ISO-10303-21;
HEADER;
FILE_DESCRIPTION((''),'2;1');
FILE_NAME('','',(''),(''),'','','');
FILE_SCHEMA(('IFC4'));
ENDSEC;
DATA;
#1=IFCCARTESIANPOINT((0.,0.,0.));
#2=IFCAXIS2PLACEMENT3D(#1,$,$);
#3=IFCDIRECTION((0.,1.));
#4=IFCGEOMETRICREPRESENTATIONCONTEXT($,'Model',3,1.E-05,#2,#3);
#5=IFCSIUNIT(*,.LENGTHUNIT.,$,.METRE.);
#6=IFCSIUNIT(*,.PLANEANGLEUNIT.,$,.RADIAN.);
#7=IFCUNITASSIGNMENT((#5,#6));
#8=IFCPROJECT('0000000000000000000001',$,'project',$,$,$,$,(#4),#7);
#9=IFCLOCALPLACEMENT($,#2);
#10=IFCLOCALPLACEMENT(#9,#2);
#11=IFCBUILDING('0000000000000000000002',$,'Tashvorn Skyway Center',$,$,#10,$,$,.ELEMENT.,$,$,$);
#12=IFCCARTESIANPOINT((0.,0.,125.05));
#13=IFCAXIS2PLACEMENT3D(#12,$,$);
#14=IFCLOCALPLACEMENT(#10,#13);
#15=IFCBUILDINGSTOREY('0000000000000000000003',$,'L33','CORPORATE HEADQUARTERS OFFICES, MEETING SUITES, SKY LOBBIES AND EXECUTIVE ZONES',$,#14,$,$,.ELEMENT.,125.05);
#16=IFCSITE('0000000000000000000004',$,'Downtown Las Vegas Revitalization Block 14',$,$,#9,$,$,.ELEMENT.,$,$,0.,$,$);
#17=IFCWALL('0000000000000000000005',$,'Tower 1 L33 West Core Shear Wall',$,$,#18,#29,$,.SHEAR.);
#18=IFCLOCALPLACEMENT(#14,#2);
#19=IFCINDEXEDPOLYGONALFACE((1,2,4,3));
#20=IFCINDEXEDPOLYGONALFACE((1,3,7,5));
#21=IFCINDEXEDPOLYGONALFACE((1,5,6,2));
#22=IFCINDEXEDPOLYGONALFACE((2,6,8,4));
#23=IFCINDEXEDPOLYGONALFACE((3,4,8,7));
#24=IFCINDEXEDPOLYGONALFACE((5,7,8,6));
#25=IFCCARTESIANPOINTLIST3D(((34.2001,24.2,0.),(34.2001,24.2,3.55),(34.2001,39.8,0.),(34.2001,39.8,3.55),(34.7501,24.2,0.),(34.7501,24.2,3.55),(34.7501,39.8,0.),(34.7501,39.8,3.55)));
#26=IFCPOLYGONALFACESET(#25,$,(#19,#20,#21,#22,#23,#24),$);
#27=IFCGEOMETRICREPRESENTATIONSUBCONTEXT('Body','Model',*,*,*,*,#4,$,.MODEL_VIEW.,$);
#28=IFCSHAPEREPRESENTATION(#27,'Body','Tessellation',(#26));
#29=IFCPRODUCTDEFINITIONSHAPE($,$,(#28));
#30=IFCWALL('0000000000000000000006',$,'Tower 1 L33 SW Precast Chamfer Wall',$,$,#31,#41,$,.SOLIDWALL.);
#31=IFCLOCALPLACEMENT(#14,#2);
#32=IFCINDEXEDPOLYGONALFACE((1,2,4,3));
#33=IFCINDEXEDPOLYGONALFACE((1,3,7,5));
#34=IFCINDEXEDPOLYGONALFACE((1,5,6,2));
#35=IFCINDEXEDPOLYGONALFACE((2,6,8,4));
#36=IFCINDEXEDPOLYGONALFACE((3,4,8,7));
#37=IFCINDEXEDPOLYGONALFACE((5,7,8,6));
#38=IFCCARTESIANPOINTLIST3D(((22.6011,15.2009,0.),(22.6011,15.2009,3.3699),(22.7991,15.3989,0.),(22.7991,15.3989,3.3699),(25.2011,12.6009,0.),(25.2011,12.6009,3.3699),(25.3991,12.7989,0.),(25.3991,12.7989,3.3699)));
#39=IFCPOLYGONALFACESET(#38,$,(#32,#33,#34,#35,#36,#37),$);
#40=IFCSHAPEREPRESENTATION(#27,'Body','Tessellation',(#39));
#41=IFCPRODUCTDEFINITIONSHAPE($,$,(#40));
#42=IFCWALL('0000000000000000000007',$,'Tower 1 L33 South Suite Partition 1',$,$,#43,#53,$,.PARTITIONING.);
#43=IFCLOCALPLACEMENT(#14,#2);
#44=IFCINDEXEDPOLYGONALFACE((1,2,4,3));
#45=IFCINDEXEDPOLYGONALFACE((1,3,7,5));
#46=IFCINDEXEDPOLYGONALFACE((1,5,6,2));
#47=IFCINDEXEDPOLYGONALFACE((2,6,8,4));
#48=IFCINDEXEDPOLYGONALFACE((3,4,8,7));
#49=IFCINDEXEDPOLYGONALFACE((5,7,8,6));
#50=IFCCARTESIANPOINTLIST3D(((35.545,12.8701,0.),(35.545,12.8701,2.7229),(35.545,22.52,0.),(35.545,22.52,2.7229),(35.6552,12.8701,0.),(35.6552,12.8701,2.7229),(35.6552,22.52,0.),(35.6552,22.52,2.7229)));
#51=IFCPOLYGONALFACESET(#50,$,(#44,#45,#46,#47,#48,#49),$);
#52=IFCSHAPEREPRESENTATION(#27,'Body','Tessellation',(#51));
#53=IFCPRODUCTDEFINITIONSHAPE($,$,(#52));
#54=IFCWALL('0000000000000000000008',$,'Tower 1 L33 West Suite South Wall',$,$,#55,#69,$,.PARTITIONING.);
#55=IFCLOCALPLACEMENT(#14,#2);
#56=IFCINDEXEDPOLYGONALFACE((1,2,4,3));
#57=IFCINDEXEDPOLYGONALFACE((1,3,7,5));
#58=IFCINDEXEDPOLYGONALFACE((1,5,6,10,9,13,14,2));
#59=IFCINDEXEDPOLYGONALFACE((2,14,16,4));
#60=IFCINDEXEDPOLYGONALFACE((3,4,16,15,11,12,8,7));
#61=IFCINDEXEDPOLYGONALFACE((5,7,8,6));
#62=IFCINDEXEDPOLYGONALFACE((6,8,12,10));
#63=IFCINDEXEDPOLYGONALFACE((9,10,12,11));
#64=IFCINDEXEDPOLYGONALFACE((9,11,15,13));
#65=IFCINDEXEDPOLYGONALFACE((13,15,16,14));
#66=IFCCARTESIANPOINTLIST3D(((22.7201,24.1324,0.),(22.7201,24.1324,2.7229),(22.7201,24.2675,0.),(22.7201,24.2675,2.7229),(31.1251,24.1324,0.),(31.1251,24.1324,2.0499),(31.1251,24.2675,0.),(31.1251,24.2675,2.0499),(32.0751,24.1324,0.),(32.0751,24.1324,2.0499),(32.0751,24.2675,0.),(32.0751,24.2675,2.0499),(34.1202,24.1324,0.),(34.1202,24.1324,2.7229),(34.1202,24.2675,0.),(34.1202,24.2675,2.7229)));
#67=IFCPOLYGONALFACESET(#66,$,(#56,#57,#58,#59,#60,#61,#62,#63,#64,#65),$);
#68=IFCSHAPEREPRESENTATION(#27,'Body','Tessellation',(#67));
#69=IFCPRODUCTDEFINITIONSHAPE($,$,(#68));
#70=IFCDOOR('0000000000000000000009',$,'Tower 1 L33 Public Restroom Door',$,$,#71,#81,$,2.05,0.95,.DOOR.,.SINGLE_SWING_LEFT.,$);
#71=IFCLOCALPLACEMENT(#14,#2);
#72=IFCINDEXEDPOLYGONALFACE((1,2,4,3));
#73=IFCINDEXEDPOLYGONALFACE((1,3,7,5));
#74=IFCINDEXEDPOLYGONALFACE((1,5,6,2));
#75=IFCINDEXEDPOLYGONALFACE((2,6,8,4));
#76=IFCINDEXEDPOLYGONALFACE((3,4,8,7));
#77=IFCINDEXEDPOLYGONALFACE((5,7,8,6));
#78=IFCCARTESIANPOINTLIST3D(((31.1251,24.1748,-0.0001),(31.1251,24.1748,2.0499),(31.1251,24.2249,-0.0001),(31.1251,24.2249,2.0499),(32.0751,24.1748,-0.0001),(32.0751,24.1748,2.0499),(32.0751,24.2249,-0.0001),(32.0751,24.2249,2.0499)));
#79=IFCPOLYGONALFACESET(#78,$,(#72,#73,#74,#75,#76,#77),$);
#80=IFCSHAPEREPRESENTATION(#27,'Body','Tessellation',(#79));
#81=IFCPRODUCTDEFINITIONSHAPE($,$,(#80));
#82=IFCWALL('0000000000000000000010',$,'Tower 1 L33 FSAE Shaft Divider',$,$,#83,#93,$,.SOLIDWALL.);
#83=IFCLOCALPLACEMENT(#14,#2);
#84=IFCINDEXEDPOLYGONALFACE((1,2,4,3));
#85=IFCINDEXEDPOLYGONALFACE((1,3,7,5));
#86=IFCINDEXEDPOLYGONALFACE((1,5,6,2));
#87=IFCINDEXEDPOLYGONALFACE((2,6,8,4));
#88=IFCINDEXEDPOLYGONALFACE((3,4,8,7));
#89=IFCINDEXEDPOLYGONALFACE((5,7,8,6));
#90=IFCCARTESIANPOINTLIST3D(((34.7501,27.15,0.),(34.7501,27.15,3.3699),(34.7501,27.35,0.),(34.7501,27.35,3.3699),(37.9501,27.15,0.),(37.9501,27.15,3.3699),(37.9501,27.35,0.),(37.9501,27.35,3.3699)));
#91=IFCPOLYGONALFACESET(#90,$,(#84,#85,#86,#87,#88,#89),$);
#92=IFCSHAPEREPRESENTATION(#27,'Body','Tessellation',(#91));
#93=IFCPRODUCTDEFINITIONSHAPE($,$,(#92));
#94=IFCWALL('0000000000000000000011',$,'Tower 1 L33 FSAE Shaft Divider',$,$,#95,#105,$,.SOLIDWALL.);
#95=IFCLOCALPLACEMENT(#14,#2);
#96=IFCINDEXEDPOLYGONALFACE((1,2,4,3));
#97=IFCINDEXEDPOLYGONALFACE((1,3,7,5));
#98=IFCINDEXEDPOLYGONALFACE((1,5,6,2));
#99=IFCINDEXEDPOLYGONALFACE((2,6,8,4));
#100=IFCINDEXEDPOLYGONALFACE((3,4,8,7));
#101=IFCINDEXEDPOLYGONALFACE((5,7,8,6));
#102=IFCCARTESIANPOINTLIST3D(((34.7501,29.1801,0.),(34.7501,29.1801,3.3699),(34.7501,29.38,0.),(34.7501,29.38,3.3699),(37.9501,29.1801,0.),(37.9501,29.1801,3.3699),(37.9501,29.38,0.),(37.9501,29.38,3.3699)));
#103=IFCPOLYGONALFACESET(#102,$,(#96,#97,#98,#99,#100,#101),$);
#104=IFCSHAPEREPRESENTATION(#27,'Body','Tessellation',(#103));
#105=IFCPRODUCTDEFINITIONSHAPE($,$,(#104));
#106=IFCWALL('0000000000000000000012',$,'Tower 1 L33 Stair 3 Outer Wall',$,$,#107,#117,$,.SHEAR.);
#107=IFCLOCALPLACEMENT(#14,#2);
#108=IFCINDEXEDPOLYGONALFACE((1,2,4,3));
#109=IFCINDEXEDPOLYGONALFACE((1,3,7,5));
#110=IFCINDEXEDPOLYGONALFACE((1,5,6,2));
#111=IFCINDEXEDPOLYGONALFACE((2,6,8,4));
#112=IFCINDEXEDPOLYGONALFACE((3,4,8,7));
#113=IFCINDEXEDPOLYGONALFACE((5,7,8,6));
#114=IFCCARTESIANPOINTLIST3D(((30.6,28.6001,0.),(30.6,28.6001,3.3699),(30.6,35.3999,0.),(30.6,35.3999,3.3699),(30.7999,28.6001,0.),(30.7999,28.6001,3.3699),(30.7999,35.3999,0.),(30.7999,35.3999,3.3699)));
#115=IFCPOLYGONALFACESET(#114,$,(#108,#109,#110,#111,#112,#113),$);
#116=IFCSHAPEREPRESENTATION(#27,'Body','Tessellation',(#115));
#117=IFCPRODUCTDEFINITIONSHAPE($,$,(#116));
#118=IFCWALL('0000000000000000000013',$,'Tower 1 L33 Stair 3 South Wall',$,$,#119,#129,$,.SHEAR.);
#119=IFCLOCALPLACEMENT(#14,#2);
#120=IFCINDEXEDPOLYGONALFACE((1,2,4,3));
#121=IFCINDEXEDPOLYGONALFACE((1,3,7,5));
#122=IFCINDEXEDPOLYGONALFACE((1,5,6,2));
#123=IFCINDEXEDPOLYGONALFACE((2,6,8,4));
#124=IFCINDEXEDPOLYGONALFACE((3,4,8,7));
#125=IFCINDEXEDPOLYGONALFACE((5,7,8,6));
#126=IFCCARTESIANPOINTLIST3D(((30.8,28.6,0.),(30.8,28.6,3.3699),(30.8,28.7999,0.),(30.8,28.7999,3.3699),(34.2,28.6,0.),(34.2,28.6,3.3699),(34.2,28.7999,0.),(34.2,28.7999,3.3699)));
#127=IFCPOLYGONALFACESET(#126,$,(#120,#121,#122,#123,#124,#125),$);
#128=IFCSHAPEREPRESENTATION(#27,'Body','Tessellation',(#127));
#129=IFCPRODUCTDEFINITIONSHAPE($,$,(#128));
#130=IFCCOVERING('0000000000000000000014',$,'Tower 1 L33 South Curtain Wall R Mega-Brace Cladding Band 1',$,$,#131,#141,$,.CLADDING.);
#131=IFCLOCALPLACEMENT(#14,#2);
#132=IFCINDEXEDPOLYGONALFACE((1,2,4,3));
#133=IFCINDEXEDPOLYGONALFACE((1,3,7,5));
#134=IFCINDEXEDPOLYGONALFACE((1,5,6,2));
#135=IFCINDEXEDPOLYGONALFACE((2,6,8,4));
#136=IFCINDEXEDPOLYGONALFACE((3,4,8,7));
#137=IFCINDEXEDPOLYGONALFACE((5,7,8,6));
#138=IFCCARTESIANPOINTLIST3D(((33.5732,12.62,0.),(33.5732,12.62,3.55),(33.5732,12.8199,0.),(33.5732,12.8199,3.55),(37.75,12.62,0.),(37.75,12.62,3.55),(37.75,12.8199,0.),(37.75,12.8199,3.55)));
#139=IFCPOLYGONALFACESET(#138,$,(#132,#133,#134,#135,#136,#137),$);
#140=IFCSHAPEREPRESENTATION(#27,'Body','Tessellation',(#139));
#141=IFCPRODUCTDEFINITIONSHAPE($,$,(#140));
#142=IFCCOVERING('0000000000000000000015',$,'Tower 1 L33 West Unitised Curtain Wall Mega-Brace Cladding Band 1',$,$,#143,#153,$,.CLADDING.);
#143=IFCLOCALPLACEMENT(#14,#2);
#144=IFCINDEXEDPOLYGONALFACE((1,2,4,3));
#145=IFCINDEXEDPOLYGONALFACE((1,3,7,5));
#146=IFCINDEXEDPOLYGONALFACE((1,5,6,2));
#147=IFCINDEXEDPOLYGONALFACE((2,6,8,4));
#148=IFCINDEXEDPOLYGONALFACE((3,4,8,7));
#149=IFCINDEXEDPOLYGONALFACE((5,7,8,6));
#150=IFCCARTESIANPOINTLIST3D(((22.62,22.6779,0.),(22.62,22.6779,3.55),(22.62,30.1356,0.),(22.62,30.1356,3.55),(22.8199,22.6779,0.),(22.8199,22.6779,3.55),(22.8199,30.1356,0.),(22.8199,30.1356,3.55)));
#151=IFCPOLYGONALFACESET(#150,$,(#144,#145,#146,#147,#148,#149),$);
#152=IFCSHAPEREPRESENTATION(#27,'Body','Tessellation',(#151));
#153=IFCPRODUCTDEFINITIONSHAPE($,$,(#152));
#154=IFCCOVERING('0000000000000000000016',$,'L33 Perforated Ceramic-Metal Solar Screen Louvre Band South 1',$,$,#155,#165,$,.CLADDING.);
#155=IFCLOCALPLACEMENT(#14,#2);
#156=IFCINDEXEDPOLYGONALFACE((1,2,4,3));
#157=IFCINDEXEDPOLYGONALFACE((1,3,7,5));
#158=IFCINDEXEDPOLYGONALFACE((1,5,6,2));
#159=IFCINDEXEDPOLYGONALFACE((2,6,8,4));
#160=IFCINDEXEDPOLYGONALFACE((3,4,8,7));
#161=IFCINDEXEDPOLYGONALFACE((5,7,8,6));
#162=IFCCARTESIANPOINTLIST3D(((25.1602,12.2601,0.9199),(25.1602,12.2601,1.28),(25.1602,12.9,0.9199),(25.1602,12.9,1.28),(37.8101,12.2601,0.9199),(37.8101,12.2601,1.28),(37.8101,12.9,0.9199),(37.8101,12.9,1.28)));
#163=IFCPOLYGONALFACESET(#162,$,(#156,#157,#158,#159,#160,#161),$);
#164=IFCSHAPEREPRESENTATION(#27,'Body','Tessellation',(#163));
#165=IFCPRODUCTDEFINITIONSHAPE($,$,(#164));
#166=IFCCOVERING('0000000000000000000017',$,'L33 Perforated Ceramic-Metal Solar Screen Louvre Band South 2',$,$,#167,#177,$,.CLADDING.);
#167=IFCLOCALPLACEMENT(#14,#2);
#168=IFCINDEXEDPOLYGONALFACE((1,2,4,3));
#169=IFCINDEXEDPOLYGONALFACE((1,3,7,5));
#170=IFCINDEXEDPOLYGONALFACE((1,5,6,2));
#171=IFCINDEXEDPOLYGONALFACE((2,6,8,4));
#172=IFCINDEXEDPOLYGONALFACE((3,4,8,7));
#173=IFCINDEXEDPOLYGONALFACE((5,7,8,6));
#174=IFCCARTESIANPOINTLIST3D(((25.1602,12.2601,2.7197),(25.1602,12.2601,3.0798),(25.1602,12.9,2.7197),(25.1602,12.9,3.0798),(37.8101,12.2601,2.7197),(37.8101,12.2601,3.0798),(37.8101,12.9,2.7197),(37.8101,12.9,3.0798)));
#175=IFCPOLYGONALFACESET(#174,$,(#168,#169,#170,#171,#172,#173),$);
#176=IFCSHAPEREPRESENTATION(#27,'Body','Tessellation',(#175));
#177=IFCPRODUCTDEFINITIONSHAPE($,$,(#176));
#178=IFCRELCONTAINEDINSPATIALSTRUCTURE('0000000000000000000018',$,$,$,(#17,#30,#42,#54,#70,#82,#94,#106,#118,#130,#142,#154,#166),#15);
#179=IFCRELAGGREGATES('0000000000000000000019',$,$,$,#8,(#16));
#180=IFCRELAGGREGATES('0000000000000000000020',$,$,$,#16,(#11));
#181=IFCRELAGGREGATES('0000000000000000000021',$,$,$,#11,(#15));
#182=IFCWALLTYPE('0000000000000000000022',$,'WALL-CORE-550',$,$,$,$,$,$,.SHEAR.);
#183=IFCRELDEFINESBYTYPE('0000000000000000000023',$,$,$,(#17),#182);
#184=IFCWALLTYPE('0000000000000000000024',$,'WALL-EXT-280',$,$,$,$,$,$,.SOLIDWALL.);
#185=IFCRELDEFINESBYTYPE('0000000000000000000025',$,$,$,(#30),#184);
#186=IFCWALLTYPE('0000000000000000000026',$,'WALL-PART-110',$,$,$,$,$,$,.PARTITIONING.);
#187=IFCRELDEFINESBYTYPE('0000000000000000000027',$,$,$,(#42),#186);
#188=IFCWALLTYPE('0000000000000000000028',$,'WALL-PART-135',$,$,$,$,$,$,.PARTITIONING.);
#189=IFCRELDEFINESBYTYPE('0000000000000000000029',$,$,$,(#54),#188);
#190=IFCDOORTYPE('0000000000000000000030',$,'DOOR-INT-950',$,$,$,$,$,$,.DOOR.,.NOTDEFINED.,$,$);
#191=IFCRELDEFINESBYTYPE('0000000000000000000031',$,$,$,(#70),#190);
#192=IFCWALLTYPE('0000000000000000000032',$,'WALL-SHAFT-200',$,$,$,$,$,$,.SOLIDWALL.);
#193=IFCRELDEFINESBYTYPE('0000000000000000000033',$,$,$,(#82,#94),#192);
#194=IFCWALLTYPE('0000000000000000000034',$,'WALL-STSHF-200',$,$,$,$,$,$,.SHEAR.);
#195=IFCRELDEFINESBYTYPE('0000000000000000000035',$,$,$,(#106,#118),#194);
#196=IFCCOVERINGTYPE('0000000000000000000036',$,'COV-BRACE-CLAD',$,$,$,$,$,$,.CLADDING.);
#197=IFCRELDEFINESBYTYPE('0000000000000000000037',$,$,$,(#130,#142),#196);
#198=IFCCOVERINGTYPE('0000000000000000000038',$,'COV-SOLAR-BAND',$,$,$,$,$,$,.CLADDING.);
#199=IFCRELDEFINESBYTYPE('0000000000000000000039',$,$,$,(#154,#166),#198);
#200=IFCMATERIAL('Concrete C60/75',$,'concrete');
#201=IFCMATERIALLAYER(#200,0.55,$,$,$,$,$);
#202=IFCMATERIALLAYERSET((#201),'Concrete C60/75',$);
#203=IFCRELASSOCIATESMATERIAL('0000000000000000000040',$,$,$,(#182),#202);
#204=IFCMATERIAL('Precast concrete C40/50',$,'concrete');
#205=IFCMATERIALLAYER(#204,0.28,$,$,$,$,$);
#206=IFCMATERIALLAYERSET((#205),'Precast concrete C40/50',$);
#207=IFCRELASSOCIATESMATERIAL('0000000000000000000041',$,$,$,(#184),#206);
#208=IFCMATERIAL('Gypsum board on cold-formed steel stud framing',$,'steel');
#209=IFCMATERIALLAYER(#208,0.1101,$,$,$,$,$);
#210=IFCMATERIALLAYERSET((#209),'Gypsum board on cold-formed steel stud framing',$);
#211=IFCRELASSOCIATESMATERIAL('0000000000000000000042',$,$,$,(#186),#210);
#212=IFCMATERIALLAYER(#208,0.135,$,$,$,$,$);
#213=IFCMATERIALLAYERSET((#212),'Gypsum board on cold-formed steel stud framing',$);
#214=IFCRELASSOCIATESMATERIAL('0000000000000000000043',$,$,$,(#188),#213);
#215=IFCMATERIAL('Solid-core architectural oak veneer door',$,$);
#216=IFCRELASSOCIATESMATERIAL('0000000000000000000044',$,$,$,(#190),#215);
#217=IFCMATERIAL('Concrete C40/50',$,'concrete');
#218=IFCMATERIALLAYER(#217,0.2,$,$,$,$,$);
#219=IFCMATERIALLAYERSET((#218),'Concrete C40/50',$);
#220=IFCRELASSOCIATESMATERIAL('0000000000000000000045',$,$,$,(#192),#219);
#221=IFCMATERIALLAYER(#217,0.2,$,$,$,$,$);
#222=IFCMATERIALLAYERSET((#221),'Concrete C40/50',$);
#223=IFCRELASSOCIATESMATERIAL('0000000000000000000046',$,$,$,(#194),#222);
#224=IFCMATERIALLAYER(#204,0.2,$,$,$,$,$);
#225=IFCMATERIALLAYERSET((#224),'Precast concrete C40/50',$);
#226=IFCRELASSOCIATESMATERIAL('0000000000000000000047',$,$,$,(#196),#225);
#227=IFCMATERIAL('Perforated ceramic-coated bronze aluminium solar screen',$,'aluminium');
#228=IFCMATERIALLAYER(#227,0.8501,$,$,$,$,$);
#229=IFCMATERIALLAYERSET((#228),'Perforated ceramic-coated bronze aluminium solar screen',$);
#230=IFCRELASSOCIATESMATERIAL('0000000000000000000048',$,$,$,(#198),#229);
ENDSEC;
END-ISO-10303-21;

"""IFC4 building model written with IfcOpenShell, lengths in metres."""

from ifc_helpers import new_model, si_unit, direction, frame, frame_2d, origin, origin_2d, place, context, subcontext, project, spatial, rectangle, extrude, material, layer, layer_set, type_object, element, fill, save


model = new_model("IFC4")

# Units and contexts
model_context = context("Model", 3, precision=1e-05, world=origin(), true_north=direction((0.0, 1.0)))
body_context = subcontext(model_context, "Body", "Model", "MODEL_VIEW")
ifc_project = project(units=[si_unit("LENGTHUNIT", "METRE"), si_unit("PLANEANGLEUNIT", "RADIAN")], contexts=[model_context])

# Site, building, storey
site_placement = place(None, origin())
site = spatial("IfcSite", under=ifc_project, at=site_placement, Name="Downtown Las Vegas Revitalization Block 14", CompositionType="ELEMENT", RefElevation=0.0)
building_placement = place(site_placement, origin())
building = spatial("IfcBuilding", under=site, at=building_placement, Name="Tashvorn Skyway Center", CompositionType="ELEMENT")
storey_placement = place(building_placement, frame((0.0, 0.0, 125.05)))
storey = spatial("IfcBuildingStorey", under=building, at=storey_placement, Name="L33", Description="CORPORATE HEADQUARTERS OFFICES, MEETING SUITES, SKY LOBBIES AND EXECUTIVE ZONES", CompositionType="ELEMENT", Elevation=125.05)

# Walls
ifc_material_1 = material(Name="Concrete C60/75", Category="concrete")
ifc_layer_1 = layer(ifc_material_1, 0.55)
ifc_layer_set_1 = layer_set([ifc_layer_1], Name="Concrete C60/75")
wall_type_1 = type_object("IfcWallType", Name="WALL-CORE-550", PredefinedType="SHEAR", material=ifc_layer_set_1)
wall_1_placement = place(storey_placement, frame((34.4751, 24.2, 0.0), z_axis=(0.0, 0.0, 1.0), x_axis=(0.0, 1.0, 0.0)))
element("IfcWall", 1, at=wall_1_placement, inside=storey, type_object=wall_type_1, Name="Tower 1 L33 West Core Shear Wall", PredefinedType="SHEAR", context=body_context, shape_type="SweptSolid", body=[
    extrude(rectangle(XDim=15.6001, YDim=0.55, at=frame_2d((7.8, 0.0))), origin(), (0.0, 0.0, 1.0), 3.55),
])
ifc_material_2 = material(Name="Precast concrete C40/50", Category="concrete")
ifc_layer_2 = layer(ifc_material_2, 0.28)
ifc_layer_set_2 = layer_set([ifc_layer_2], Name="Precast concrete C40/50")
wall_type_2 = type_object("IfcWallType", Name="WALL-EXT-280", PredefinedType="SOLIDWALL", material=ifc_layer_set_2)
wall_2_placement = place(storey_placement, frame((25.3, 12.7, 0.0), z_axis=(0.0, 0.0, 1.0), x_axis=(-0.707107, 0.707107, 0.0)))
element("IfcWall", 2, at=wall_2_placement, inside=storey, type_object=wall_type_2, Name="Tower 1 L33 SW Precast Chamfer Wall", PredefinedType="SOLIDWALL", context=body_context, shape_type="SweptSolid", body=[
    extrude(rectangle(XDim=3.677, YDim=0.28, at=frame_2d((1.8384, 0.0))), origin(), (0.0, 0.0, 1.0), 3.3699),
])
ifc_material_3 = material(Name="Gypsum board on cold-formed steel stud framing", Category="steel")
ifc_layer_3 = layer(ifc_material_3, 0.1101)
ifc_layer_set_3 = layer_set([ifc_layer_3], Name="Gypsum board on cold-formed steel stud framing")
wall_type_3 = type_object("IfcWallType", Name="WALL-PART-110", PredefinedType="PARTITIONING", material=ifc_layer_set_3)
wall_3_placement = place(storey_placement, frame((35.6001, 12.8701, 0.0), z_axis=(0.0, 0.0, 1.0), x_axis=(0.0, 1.0, 0.0)))
element("IfcWall", 3, at=wall_3_placement, inside=storey, type_object=wall_type_3, Name="Tower 1 L33 South Suite Partition 1", PredefinedType="PARTITIONING", context=body_context, shape_type="SweptSolid", body=[
    extrude(rectangle(XDim=9.6499, YDim=0.1101, at=frame_2d((4.825, 0.0))), origin(), (0.0, 0.0, 1.0), 2.7229),
])

# Wall, opening, door
ifc_layer_4 = layer(ifc_material_3, 0.135)
ifc_layer_set_4 = layer_set([ifc_layer_4], Name="Gypsum board on cold-formed steel stud framing")
wall_type_4 = type_object("IfcWallType", Name="WALL-PART-135", PredefinedType="PARTITIONING", material=ifc_layer_set_4)
wall_4_placement = place(storey_placement, frame((22.72, 24.2, 0.0), z_axis=(0.0, 0.0, 1.0), x_axis=(1.0, 0.0, 0.0)))
wall_4 = element("IfcWall", 4, at=wall_4_placement, inside=storey, type_object=wall_type_4, Name="Tower 1 L33 West Suite South Wall", PredefinedType="PARTITIONING", context=body_context, shape_type="SweptSolid", body=[
    extrude(rectangle(XDim=11.4001, YDim=0.135, at=frame_2d((5.7002, 0.0))), origin(), (0.0, 0.0, 1.0), 2.7229),
])
opening_placement = place(wall_4_placement, frame((8.405, 0.0, 0.0)))
opening = element("IfcOpeningElement", 5, at=opening_placement, cuts=wall_4, PredefinedType="OPENING", context=body_context, shape_type="SweptSolid", body=[
    extrude(rectangle(XDim=0.95, YDim=2.05, at=frame_2d((0.4751, 1.0249))), frame((0.0, 0.0774, 0.0), z_axis=(0.0, -1.0, 0.0), x_axis=(1.0, 0.0, 0.0)), (0.0, 0.0, 1.0), 0.155),
])
ifc_material_4 = material(Name="Solid-core architectural oak veneer door")
door_type = type_object("IfcDoorType", Name="DOOR-INT-950", OperationType="NOTDEFINED", PredefinedType="DOOR", material=ifc_material_4)
door_placement = place(opening_placement, origin())
door = element("IfcDoor", 6, at=door_placement, inside=storey, type_object=door_type, Name="Tower 1 L33 Public Restroom Door", OperationType="SINGLE_SWING_LEFT", OverallHeight=2.05, OverallWidth=0.95, PredefinedType="DOOR", context=body_context, shape_type="SweptSolid", body=[
    extrude(rectangle(XDim=0.95, YDim=2.05, at=frame_2d((0.4751, 1.0249))), frame((0.0, 0.0249, 0.0), z_axis=(0.0, -1.0, 0.0), x_axis=(1.0, 0.0, 0.0)), (0.0, 0.0, 1.0), 0.05),
])
fill(opening, door)

# Walls
ifc_material_5 = material(Name="Concrete C40/50", Category="concrete")
ifc_layer_5 = layer(ifc_material_5, 0.2)
ifc_layer_set_5 = layer_set([ifc_layer_5], Name="Concrete C40/50")
wall_type_5 = type_object("IfcWallType", Name="WALL-SHAFT-200", PredefinedType="SOLIDWALL", material=ifc_layer_set_5)
for number, where, z_axis, x_axis, name in (
    (7, (34.75, 27.25, 0.0), (0.0, 0.0, 1.0), (1.0, 0.0, 0.0), "Tower 1 L33 FSAE Shaft Divider"),
    (8, (34.75, 29.28, 0.0), (0.0, 0.0, 1.0), (1.0, 0.0, 0.0), "Tower 1 L33 FSAE Shaft Divider"),
):
    element("IfcWall", number, at=place(storey_placement, frame(where, z_axis=z_axis, x_axis=x_axis)), inside=storey, type_object=wall_type_5, Name=name, PredefinedType="SOLIDWALL", context=body_context, shape_type="SweptSolid", body=[
        extrude(rectangle(XDim=3.2, YDim=0.2, at=frame_2d((1.6001, 0.0))), origin(), (0.0, 0.0, 1.0), 3.3699),
    ])
ifc_layer_6 = layer(ifc_material_5, 0.2)
ifc_layer_set_6 = layer_set([ifc_layer_6], Name="Concrete C40/50")
wall_type_6 = type_object("IfcWallType", Name="WALL-STSHF-200", PredefinedType="SHEAR", material=ifc_layer_set_6)
wall_5_placement = place(storey_placement, frame((30.7, 28.6001, 0.0), z_axis=(0.0, 0.0, 1.0), x_axis=(0.0, 1.0, 0.0)))
element("IfcWall", 9, at=wall_5_placement, inside=storey, type_object=wall_type_6, Name="Tower 1 L33 Stair 3 Outer Wall", PredefinedType="SHEAR", context=body_context, shape_type="SweptSolid", body=[
    extrude(rectangle(XDim=6.7998, YDim=0.2, at=frame_2d((3.3999, 0.0))), origin(), (0.0, 0.0, 1.0), 3.3699),
])
wall_6_placement = place(storey_placement, frame((30.8, 28.7, 0.0), z_axis=(0.0, 0.0, 1.0), x_axis=(1.0, 0.0, 0.0)))
element("IfcWall", 10, at=wall_6_placement, inside=storey, type_object=wall_type_6, Name="Tower 1 L33 Stair 3 South Wall", PredefinedType="SHEAR", context=body_context, shape_type="SweptSolid", body=[
    extrude(rectangle(XDim=3.3999, YDim=0.2, at=frame_2d((1.7, 0.0))), origin(), (0.0, 0.0, 1.0), 3.3699),
])

# Coverings
ifc_layer_7 = layer(ifc_material_2, 0.2)
ifc_layer_set_7 = layer_set([ifc_layer_7], Name="Precast concrete C40/50")
covering_type_1 = type_object("IfcCoveringType", Name="COV-BRACE-CLAD", PredefinedType="CLADDING", material=ifc_layer_set_7)
covering_1_placement = place(storey_placement, frame((35.6616, 12.72, 0.0), z_axis=(0.0, 0.0, 1.0), x_axis=(-1.0, 0.0, 0.0)))
element("IfcCovering", 11, at=covering_1_placement, inside=storey, type_object=covering_type_1, Name="Tower 1 L33 South Curtain Wall R Mega-Brace Cladding Band 1", PredefinedType="CLADDING", context=body_context, shape_type="SweptSolid", body=[
    extrude(rectangle(XDim=4.1768, YDim=0.2, at=origin_2d()), origin(), (0.0, 0.0, 1.0), 3.55),
])
covering_2_placement = place(storey_placement, frame((22.72, 26.4067, 0.0), z_axis=(0.0, 0.0, 1.0), x_axis=(0.0, 1.0, 0.0)))
element("IfcCovering", 12, at=covering_2_placement, inside=storey, type_object=covering_type_1, Name="Tower 1 L33 West Unitised Curtain Wall Mega-Brace Cladding Band 1", PredefinedType="CLADDING", context=body_context, shape_type="SweptSolid", body=[
    extrude(rectangle(XDim=7.4578, YDim=0.2, at=origin_2d()), origin(), (0.0, 0.0, 1.0), 3.55),
])
ifc_material_6 = material(Name="Perforated ceramic-coated bronze aluminium solar screen", Category="aluminium")
ifc_layer_8 = layer(ifc_material_6, 0.8501)
ifc_layer_set_8 = layer_set([ifc_layer_8], Name="Perforated ceramic-coated bronze aluminium solar screen")
covering_type_2 = type_object("IfcCoveringType", Name="COV-SOLAR-BAND", PredefinedType="CLADDING", material=ifc_layer_set_8)
for number, where, z_axis, x_axis, name in (
    (13, (31.4851, 12.5801, 0.9199), (0.0, 0.0, 1.0), (-1.0, 0.0, 0.0), "L33 Perforated Ceramic-Metal Solar Screen Louvre Band South 1"),
    (14, (31.4851, 12.5801, 2.7197), (0.0, 0.0, 1.0), (-1.0, 0.0, 0.0), "L33 Perforated Ceramic-Metal Solar Screen Louvre Band South 2"),
):
    element("IfcCovering", number, at=place(storey_placement, frame(where, z_axis=z_axis, x_axis=x_axis)), inside=storey, type_object=covering_type_2, Name=name, PredefinedType="CLADDING", context=body_context, shape_type="SweptSolid", body=[
        extrude(rectangle(XDim=12.6499, YDim=0.6399, at=origin_2d()), origin(), (0.0, 0.0, 1.0), 0.3601),
    ])

save(model, "model.ifc")
